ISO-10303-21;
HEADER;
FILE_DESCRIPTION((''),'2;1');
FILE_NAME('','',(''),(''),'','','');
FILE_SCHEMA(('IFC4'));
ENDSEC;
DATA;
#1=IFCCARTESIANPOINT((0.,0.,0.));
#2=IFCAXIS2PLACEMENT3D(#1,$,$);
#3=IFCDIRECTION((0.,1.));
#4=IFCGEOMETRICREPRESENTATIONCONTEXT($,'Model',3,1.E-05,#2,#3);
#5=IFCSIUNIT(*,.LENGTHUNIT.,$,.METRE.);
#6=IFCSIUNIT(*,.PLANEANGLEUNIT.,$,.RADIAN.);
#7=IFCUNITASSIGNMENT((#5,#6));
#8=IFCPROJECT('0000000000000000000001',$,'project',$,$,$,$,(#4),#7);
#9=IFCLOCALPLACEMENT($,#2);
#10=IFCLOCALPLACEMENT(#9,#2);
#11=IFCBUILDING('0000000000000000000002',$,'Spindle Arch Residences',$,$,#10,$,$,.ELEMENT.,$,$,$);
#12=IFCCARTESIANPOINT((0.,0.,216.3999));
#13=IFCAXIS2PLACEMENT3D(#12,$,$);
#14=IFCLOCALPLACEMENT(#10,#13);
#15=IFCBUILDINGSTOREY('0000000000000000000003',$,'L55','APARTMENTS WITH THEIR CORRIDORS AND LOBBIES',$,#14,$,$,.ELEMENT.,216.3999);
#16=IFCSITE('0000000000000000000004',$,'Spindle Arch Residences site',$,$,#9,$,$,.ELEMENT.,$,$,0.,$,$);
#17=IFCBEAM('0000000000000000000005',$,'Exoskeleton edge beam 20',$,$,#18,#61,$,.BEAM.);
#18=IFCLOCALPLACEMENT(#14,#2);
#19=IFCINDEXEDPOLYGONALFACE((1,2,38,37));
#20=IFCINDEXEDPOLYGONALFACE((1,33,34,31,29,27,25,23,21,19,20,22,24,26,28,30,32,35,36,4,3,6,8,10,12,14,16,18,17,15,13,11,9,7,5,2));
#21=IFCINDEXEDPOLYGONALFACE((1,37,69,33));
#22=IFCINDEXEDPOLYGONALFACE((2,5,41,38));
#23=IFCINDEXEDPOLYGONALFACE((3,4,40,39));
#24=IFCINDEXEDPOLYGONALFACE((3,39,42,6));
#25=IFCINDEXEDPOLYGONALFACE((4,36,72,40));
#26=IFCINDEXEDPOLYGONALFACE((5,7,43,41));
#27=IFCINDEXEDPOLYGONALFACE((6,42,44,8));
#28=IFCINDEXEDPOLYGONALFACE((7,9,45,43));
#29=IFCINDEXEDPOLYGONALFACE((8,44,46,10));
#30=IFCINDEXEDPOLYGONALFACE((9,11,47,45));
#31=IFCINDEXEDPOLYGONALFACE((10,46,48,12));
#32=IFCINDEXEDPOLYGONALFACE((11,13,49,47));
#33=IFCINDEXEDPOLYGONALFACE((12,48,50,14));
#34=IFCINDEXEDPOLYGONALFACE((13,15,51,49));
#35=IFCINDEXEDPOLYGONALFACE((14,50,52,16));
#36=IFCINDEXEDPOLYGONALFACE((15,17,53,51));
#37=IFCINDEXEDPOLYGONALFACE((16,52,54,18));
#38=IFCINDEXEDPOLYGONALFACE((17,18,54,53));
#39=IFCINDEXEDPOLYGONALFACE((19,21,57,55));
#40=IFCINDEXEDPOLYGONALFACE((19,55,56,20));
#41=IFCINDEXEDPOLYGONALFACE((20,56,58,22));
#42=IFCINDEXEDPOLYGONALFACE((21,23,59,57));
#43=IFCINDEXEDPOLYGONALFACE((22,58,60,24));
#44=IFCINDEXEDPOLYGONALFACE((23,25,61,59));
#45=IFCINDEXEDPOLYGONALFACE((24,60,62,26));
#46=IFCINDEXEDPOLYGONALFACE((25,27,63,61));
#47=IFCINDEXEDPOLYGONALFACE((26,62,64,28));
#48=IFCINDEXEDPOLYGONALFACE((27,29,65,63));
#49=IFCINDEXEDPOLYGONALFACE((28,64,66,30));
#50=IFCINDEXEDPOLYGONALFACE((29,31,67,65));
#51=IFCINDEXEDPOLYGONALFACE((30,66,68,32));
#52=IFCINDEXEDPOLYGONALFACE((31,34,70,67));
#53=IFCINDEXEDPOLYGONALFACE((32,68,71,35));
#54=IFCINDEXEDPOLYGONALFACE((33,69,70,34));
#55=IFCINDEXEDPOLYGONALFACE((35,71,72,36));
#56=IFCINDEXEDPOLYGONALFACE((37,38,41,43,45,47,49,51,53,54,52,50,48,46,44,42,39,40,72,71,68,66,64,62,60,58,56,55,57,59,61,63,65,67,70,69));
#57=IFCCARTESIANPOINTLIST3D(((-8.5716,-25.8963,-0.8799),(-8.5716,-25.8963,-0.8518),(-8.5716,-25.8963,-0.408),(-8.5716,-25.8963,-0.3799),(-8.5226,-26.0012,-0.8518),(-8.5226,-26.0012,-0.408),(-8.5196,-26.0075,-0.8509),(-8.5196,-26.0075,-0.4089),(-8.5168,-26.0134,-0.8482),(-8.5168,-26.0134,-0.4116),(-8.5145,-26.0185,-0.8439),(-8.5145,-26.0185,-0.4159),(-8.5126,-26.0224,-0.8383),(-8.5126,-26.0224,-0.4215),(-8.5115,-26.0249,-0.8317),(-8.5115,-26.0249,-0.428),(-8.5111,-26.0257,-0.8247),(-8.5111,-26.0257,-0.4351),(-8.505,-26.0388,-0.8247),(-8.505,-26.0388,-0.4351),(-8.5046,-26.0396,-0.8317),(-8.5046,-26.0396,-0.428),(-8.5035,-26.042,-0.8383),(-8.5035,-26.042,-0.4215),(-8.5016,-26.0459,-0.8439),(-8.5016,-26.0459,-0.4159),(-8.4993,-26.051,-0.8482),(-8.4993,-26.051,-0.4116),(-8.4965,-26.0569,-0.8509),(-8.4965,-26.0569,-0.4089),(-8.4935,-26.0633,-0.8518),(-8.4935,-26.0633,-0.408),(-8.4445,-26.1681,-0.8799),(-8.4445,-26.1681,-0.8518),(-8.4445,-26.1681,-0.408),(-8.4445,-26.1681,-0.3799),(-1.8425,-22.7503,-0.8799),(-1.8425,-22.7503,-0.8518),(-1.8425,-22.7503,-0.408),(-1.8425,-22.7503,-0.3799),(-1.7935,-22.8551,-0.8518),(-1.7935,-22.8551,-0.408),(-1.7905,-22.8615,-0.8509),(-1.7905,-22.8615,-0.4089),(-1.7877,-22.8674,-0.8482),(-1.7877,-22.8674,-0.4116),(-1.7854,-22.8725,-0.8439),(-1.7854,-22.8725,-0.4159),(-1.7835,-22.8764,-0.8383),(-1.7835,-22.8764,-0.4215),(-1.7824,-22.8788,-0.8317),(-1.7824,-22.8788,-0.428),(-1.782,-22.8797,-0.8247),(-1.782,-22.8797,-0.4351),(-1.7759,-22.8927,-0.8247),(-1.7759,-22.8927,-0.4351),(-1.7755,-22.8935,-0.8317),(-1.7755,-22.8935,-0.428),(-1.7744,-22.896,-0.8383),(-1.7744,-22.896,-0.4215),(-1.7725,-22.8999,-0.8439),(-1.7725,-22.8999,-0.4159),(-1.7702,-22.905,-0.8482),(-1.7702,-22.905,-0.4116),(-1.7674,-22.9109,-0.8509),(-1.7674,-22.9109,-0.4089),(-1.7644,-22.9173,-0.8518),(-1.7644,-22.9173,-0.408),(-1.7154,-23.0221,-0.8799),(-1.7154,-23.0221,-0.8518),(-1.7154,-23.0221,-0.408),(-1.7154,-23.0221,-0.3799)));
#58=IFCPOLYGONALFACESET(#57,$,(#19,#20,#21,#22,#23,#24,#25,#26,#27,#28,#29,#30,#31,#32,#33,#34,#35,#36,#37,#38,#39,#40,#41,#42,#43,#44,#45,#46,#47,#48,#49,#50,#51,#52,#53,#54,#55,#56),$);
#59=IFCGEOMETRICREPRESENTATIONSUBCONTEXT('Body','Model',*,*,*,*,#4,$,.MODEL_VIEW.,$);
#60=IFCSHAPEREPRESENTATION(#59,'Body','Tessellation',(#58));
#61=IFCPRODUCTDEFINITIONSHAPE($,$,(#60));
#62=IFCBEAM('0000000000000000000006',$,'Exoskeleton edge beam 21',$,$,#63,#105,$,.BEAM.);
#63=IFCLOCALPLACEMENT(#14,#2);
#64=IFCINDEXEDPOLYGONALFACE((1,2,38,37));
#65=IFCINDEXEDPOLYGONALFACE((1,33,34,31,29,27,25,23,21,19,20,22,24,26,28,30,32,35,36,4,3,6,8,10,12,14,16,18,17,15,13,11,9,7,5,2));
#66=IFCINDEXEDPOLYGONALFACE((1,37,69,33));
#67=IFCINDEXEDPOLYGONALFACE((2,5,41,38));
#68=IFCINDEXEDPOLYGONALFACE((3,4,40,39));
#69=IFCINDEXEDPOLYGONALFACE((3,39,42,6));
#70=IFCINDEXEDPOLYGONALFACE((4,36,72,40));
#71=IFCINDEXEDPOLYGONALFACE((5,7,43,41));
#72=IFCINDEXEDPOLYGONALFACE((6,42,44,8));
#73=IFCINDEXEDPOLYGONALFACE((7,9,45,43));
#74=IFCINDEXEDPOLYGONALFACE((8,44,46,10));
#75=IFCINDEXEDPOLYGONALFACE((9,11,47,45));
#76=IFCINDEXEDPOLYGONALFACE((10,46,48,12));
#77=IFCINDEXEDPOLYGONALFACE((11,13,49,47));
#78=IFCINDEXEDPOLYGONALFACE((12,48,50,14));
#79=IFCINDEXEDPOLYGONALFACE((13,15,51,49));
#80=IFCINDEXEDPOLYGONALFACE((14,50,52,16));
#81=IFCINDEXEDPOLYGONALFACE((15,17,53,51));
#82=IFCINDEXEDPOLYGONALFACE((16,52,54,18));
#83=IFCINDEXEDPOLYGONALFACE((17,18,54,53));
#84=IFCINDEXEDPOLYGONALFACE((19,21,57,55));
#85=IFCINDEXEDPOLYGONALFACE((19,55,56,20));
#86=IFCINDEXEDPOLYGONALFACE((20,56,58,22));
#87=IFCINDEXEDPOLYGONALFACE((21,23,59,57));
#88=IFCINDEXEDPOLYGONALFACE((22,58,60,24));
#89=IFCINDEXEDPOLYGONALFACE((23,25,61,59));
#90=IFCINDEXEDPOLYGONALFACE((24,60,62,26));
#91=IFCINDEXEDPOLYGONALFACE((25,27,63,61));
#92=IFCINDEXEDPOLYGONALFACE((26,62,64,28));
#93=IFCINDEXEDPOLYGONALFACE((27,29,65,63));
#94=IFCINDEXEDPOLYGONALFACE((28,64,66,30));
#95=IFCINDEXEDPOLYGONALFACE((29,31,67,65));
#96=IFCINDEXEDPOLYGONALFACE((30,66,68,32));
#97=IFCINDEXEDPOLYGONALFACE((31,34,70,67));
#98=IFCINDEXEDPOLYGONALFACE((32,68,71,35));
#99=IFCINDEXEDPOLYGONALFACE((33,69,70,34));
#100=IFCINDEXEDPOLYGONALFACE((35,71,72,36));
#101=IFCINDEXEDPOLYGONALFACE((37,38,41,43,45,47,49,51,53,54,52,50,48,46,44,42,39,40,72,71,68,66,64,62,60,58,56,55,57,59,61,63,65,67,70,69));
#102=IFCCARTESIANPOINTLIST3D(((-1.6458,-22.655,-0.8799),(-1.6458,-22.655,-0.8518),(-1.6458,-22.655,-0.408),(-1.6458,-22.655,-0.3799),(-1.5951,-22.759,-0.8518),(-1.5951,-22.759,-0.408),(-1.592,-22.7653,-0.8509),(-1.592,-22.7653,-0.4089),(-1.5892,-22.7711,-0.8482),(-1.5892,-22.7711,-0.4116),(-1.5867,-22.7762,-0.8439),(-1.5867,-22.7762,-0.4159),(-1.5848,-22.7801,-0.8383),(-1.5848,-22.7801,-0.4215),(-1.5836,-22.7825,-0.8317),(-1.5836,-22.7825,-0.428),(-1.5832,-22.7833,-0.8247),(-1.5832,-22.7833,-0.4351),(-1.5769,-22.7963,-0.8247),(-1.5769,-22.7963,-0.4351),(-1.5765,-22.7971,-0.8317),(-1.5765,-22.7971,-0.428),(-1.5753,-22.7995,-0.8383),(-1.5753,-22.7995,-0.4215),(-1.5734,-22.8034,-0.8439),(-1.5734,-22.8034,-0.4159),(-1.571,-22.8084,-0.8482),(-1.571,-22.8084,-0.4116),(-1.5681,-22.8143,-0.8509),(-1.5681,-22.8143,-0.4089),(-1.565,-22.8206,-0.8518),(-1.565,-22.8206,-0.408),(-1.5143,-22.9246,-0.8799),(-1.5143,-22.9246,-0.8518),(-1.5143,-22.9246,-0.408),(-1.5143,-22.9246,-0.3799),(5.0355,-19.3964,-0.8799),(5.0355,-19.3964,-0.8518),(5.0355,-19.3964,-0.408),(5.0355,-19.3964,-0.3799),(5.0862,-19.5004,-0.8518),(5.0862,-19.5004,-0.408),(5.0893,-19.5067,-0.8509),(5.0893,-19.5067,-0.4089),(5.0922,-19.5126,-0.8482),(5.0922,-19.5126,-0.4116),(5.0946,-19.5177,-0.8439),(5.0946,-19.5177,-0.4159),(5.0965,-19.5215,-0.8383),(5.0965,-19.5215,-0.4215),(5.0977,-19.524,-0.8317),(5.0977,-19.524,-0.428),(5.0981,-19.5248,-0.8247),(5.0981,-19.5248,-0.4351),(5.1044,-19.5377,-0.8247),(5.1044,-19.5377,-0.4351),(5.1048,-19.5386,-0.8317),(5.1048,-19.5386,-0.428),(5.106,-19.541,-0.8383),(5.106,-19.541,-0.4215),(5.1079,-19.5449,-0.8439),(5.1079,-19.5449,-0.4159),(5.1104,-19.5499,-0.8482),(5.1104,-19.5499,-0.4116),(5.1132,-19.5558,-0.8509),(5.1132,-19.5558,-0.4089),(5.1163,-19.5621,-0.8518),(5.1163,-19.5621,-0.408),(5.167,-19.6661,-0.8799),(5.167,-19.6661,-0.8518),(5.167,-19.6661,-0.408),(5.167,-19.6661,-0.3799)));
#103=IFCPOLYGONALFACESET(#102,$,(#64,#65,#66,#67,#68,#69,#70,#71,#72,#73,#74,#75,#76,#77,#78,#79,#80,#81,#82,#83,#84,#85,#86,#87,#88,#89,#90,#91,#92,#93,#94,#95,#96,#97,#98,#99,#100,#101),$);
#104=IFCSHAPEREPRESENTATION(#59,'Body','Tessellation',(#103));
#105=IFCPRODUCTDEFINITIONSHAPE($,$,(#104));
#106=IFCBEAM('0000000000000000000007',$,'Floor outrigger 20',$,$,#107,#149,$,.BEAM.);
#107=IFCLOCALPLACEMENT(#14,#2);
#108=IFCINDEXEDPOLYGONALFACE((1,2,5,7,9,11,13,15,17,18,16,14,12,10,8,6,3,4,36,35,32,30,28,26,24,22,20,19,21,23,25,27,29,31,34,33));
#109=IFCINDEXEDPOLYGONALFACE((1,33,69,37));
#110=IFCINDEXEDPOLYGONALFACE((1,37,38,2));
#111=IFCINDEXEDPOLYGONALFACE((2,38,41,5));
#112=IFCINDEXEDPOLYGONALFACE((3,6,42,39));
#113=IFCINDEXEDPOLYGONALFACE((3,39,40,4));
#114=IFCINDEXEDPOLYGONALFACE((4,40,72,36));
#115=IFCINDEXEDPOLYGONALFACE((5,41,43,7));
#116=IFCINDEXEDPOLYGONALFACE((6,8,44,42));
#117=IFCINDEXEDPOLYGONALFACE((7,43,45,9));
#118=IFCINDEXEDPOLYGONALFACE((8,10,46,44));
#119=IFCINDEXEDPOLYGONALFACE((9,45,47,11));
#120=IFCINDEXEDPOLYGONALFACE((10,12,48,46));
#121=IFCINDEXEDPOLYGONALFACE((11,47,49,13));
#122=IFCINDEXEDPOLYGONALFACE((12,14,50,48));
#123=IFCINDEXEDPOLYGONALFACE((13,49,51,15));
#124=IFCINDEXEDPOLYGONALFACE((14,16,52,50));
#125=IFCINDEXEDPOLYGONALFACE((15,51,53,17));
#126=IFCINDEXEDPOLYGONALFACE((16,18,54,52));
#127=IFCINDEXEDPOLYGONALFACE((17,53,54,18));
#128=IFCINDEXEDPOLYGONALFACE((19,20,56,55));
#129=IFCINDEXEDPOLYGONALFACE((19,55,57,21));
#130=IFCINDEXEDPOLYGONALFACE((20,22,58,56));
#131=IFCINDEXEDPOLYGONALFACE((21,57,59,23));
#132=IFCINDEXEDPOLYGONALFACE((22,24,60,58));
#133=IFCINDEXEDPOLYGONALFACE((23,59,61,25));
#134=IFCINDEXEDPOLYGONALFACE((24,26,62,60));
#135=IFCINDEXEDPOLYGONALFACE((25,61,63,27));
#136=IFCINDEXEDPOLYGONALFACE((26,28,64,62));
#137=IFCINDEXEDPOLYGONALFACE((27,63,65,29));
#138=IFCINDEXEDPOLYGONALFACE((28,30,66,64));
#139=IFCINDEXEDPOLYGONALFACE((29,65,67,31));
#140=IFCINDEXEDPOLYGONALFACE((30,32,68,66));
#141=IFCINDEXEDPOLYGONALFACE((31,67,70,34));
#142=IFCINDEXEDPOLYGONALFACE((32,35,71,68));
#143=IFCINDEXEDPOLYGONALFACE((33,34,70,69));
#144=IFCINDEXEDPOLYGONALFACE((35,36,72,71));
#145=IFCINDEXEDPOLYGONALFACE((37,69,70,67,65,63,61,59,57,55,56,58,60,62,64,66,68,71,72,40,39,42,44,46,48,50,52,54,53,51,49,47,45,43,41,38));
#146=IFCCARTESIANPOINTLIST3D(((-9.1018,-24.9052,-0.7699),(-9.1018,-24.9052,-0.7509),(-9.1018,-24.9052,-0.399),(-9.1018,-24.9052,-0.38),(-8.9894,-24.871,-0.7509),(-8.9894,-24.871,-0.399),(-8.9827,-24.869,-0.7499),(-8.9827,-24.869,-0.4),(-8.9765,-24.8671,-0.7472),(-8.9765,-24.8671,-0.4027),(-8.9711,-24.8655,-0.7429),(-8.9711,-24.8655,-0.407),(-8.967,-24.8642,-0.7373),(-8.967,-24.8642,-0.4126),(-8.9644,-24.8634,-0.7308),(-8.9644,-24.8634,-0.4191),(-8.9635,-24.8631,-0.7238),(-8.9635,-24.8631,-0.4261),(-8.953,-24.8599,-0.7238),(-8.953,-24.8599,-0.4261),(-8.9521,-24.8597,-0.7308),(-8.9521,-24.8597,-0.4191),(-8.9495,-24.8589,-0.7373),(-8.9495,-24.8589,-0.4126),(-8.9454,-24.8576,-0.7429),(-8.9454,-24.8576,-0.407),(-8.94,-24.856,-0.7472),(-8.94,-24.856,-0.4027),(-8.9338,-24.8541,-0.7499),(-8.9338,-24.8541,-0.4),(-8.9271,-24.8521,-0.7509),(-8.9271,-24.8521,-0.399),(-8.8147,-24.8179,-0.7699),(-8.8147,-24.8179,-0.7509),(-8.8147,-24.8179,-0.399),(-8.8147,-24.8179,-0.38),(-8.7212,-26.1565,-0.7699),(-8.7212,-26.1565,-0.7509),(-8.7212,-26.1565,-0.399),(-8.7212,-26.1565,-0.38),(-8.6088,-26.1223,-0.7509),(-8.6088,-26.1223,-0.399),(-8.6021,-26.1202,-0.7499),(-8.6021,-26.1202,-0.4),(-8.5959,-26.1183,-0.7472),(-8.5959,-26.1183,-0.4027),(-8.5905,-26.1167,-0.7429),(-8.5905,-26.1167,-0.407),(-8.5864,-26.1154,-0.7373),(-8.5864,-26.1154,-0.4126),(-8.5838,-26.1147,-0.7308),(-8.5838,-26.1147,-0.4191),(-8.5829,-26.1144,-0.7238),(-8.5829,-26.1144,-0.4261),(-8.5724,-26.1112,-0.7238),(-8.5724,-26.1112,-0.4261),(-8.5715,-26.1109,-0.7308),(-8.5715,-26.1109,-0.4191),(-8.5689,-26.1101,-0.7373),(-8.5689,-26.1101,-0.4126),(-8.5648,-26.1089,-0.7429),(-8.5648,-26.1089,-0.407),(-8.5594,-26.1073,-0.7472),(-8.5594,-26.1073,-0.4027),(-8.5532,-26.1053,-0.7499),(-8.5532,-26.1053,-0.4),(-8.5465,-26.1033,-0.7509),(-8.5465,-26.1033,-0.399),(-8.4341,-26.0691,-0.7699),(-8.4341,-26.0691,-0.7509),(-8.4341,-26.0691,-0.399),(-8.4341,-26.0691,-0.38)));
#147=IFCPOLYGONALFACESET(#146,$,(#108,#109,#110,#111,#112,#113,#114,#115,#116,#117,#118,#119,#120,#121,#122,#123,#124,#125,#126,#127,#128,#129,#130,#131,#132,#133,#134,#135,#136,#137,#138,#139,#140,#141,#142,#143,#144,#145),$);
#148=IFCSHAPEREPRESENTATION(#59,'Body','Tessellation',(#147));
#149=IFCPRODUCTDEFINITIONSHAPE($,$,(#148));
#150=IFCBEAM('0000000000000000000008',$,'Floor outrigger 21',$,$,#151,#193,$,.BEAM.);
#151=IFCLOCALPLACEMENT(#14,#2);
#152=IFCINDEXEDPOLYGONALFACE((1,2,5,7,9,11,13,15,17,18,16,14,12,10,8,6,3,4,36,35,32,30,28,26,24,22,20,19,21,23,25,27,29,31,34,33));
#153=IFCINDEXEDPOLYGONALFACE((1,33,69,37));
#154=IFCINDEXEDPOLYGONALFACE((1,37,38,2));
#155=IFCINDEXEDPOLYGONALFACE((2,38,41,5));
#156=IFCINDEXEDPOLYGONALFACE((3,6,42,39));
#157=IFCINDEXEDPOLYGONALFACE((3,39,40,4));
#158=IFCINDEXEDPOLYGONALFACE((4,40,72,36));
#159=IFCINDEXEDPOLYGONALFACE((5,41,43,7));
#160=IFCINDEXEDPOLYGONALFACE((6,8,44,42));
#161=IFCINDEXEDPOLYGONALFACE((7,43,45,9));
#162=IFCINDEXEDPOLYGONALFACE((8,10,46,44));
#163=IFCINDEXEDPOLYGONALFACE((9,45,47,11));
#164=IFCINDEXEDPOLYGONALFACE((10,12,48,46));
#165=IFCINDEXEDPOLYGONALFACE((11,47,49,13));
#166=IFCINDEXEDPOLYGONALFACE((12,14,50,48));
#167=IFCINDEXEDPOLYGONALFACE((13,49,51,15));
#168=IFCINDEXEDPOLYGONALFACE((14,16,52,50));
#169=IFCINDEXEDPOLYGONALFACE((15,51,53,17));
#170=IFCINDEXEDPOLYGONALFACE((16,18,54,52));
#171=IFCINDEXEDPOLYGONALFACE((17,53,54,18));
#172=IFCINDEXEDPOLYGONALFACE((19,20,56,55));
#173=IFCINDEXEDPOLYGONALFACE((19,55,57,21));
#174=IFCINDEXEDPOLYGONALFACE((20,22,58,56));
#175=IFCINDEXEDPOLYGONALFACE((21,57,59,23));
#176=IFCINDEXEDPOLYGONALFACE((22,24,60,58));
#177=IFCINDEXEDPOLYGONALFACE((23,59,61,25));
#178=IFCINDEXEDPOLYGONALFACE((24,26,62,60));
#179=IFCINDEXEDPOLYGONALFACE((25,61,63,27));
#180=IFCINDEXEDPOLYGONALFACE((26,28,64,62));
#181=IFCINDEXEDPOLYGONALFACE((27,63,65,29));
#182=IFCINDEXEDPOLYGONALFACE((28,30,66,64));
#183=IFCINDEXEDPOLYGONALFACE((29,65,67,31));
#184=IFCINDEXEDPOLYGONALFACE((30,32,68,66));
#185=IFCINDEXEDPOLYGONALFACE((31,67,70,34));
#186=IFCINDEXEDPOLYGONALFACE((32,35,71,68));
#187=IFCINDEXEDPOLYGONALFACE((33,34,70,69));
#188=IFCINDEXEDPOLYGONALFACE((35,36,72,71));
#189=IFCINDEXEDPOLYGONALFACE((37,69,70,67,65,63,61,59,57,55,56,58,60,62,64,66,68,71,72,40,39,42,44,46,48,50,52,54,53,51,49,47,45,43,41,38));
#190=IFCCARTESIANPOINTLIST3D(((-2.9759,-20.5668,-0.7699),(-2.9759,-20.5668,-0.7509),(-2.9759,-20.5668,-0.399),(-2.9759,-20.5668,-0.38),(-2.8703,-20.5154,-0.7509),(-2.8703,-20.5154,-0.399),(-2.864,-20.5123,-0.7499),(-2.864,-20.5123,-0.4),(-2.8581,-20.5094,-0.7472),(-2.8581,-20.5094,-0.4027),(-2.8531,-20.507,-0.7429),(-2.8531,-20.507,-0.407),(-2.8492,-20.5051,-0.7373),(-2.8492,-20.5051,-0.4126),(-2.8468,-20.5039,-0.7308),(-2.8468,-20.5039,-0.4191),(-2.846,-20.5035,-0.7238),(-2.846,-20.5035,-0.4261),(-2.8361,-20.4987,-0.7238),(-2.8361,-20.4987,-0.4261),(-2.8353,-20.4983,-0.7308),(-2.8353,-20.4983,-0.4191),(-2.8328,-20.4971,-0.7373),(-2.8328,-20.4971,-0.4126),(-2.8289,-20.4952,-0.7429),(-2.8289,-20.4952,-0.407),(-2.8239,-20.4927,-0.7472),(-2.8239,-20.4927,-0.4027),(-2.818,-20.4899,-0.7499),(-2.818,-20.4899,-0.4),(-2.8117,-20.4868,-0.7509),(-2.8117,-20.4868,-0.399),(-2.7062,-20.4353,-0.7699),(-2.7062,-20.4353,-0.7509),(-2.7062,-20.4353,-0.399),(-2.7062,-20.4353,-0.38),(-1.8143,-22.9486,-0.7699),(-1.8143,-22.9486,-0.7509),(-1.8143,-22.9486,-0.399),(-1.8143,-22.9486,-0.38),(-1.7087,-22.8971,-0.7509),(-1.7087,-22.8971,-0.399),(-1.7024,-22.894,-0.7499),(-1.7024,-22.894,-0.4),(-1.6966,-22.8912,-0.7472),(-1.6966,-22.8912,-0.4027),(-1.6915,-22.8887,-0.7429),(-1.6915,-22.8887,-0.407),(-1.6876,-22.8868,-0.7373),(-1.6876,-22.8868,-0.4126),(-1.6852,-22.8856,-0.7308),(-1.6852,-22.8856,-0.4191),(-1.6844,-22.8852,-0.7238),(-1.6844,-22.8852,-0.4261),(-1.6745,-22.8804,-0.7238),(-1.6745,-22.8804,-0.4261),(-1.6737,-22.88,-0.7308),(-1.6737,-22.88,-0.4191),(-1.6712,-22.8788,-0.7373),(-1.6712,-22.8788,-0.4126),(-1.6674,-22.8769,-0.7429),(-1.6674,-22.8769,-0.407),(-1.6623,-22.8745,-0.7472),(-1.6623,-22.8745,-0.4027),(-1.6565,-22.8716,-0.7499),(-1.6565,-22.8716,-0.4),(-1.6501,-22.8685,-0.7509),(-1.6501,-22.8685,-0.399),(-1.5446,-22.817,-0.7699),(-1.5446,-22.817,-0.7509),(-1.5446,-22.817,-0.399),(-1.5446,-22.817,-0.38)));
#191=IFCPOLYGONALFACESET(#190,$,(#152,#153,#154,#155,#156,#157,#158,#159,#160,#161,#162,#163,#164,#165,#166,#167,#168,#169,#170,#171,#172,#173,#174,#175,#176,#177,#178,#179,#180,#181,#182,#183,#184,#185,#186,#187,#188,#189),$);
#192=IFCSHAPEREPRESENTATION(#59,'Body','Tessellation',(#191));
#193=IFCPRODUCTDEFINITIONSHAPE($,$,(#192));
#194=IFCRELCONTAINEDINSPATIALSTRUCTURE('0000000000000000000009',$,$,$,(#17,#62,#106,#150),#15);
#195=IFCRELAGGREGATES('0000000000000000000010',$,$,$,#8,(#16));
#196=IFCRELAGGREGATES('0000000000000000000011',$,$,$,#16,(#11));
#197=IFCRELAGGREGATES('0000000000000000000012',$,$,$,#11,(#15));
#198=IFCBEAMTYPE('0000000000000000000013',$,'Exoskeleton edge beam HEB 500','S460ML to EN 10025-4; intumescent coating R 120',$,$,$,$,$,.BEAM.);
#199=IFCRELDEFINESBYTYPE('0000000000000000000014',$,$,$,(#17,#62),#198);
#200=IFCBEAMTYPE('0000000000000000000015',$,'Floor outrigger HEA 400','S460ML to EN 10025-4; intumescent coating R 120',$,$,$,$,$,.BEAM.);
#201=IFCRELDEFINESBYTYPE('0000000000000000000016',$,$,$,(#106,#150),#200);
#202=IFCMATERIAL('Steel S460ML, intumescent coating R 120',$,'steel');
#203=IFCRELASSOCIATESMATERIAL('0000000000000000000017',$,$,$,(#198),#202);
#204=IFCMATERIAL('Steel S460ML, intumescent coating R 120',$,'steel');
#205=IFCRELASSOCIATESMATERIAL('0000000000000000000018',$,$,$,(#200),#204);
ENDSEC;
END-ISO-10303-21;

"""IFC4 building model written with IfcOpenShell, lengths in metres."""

from ifc_helpers import new_model, si_unit, direction, frame, origin, origin_2d, place, context, subcontext, project, spatial, i_section, extrude, material, material_profile, profile_set, type_object, element, save


model = new_model("IFC4")

# Units and contexts
model_context = context("Model", 3, precision=1e-05, world=origin(), true_north=direction((0.0, 1.0)))
body_context = subcontext(model_context, "Body", "Model", "MODEL_VIEW")
ifc_project = project(units=[si_unit("LENGTHUNIT", "METRE"), si_unit("PLANEANGLEUNIT", "RADIAN")], contexts=[model_context])

# Site, building, storey
site_placement = place(None, origin())
site = spatial("IfcSite", under=ifc_project, at=site_placement, Name="Spindle Arch Residences site", CompositionType="ELEMENT", RefElevation=0.0)
building_placement = place(site_placement, origin())
building = spatial("IfcBuilding", under=site, at=building_placement, Name="Spindle Arch Residences", CompositionType="ELEMENT")
storey_placement = place(building_placement, frame((0.0, 0.0, 216.3999)))
storey = spatial("IfcBuildingStorey", under=building, at=storey_placement, Name="L55", Description="APARTMENTS WITH THEIR CORRIDORS AND LOBBIES", CompositionType="ELEMENT", Elevation=216.3999)

# Beams
ifc_material_1 = material(Name="Steel S460ML, intumescent coating R 120", Category="steel")
ifc_material_profile_1 = material_profile(ifc_material_1, i_section(OverallWidth=0.3, OverallDepth=0.5, WebThickness=0.0144, FlangeThickness=0.0281, FilletRadius=0.0271, at=origin_2d()), Name="HEB 500")
ifc_profile_set_1 = profile_set([ifc_material_profile_1], Name="Steel S460ML, intumescent coating R 120")
beam_type_1 = type_object("IfcBeamType", Name="Exoskeleton edge beam HEB 500", Description="S460ML to EN 10025-4; intumescent coating R 120", PredefinedType="BEAM", material=ifc_profile_set_1)
beam_1_placement = place(storey_placement, frame((-8.5081, -26.0322, -0.6299), z_axis=(0.905884, 0.423526, 0.0), x_axis=(-0.423526, 0.905884, 0.0)))
element("IfcBeam", 1, at=beam_1_placement, inside=storey, type_object=beam_type_1, Name="Exoskeleton edge beam 20", PredefinedType="BEAM", context=body_context, shape_type="SweptSolid", body=[
    extrude(i_section(OverallWidth=0.3, OverallDepth=0.5, WebThickness=0.0144, FlangeThickness=0.0281, FilletRadius=0.0271, at=origin_2d()), origin(), (0.0, 0.0, 1.0), 7.4282),
])
beam_2_placement = place(storey_placement, frame((-1.5801, -22.7898, -0.6299), z_axis=(0.898804, 0.438351, 0.0), x_axis=(-0.438351, 0.898804, 0.0)))
element("IfcBeam", 2, at=beam_2_placement, inside=storey, type_object=beam_type_1, Name="Exoskeleton edge beam 21", PredefinedType="BEAM", context=body_context, shape_type="SweptSolid", body=[
    extrude(i_section(OverallWidth=0.3, OverallDepth=0.5, WebThickness=0.0144, FlangeThickness=0.0281, FilletRadius=0.0271, at=origin_2d()), origin(), (0.0, 0.0, 1.0), 7.4336),
])
ifc_material_2 = material(Name="Steel S460ML, intumescent coating R 120", Category="steel")
ifc_material_profile_2 = material_profile(ifc_material_2, i_section(OverallWidth=0.3, OverallDepth=0.3899, WebThickness=0.011, FlangeThickness=0.019, FilletRadius=0.0271, at=origin_2d()), Name="HEA 400")
ifc_profile_set_2 = profile_set([ifc_material_profile_2], Name="Steel S460ML, intumescent coating R 120")
beam_type_2 = type_object("IfcBeamType", Name="Floor outrigger HEA 400", Description="S460ML to EN 10025-4; intumescent coating R 120", PredefinedType="BEAM", material=ifc_profile_set_2)
beam_3_placement = place(storey_placement, frame((-8.5776, -26.1128, -0.575), z_axis=(-0.291028, 0.956715, 0.0), x_axis=(-0.956715, -0.291028, 0.0)))
element("IfcBeam", 3, at=beam_3_placement, inside=storey, type_object=beam_type_2, Name="Floor outrigger 20", PredefinedType="BEAM", context=body_context, shape_type="SweptSolid", body=[
    extrude(i_section(OverallWidth=0.3, OverallDepth=0.3899, WebThickness=0.011, FlangeThickness=0.019, FilletRadius=0.0271, at=origin_2d()), origin(), (0.0, 0.0, 1.0), 1.3079),
])
beam_4_placement = place(storey_placement, frame((-1.6794, -22.8828, -0.575), z_axis=(-0.438347, 0.898806, 0.0), x_axis=(-0.898806, -0.438347, 0.0)))
element("IfcBeam", 4, at=beam_4_placement, inside=storey, type_object=beam_type_2, Name="Floor outrigger 21", PredefinedType="BEAM", context=body_context, shape_type="SweptSolid", body=[
    extrude(i_section(OverallWidth=0.3, OverallDepth=0.3899, WebThickness=0.011, FlangeThickness=0.019, FilletRadius=0.0271, at=origin_2d()), origin(), (0.0, 0.0, 1.0), 2.6499),
])

save(model, "model.ifc")
